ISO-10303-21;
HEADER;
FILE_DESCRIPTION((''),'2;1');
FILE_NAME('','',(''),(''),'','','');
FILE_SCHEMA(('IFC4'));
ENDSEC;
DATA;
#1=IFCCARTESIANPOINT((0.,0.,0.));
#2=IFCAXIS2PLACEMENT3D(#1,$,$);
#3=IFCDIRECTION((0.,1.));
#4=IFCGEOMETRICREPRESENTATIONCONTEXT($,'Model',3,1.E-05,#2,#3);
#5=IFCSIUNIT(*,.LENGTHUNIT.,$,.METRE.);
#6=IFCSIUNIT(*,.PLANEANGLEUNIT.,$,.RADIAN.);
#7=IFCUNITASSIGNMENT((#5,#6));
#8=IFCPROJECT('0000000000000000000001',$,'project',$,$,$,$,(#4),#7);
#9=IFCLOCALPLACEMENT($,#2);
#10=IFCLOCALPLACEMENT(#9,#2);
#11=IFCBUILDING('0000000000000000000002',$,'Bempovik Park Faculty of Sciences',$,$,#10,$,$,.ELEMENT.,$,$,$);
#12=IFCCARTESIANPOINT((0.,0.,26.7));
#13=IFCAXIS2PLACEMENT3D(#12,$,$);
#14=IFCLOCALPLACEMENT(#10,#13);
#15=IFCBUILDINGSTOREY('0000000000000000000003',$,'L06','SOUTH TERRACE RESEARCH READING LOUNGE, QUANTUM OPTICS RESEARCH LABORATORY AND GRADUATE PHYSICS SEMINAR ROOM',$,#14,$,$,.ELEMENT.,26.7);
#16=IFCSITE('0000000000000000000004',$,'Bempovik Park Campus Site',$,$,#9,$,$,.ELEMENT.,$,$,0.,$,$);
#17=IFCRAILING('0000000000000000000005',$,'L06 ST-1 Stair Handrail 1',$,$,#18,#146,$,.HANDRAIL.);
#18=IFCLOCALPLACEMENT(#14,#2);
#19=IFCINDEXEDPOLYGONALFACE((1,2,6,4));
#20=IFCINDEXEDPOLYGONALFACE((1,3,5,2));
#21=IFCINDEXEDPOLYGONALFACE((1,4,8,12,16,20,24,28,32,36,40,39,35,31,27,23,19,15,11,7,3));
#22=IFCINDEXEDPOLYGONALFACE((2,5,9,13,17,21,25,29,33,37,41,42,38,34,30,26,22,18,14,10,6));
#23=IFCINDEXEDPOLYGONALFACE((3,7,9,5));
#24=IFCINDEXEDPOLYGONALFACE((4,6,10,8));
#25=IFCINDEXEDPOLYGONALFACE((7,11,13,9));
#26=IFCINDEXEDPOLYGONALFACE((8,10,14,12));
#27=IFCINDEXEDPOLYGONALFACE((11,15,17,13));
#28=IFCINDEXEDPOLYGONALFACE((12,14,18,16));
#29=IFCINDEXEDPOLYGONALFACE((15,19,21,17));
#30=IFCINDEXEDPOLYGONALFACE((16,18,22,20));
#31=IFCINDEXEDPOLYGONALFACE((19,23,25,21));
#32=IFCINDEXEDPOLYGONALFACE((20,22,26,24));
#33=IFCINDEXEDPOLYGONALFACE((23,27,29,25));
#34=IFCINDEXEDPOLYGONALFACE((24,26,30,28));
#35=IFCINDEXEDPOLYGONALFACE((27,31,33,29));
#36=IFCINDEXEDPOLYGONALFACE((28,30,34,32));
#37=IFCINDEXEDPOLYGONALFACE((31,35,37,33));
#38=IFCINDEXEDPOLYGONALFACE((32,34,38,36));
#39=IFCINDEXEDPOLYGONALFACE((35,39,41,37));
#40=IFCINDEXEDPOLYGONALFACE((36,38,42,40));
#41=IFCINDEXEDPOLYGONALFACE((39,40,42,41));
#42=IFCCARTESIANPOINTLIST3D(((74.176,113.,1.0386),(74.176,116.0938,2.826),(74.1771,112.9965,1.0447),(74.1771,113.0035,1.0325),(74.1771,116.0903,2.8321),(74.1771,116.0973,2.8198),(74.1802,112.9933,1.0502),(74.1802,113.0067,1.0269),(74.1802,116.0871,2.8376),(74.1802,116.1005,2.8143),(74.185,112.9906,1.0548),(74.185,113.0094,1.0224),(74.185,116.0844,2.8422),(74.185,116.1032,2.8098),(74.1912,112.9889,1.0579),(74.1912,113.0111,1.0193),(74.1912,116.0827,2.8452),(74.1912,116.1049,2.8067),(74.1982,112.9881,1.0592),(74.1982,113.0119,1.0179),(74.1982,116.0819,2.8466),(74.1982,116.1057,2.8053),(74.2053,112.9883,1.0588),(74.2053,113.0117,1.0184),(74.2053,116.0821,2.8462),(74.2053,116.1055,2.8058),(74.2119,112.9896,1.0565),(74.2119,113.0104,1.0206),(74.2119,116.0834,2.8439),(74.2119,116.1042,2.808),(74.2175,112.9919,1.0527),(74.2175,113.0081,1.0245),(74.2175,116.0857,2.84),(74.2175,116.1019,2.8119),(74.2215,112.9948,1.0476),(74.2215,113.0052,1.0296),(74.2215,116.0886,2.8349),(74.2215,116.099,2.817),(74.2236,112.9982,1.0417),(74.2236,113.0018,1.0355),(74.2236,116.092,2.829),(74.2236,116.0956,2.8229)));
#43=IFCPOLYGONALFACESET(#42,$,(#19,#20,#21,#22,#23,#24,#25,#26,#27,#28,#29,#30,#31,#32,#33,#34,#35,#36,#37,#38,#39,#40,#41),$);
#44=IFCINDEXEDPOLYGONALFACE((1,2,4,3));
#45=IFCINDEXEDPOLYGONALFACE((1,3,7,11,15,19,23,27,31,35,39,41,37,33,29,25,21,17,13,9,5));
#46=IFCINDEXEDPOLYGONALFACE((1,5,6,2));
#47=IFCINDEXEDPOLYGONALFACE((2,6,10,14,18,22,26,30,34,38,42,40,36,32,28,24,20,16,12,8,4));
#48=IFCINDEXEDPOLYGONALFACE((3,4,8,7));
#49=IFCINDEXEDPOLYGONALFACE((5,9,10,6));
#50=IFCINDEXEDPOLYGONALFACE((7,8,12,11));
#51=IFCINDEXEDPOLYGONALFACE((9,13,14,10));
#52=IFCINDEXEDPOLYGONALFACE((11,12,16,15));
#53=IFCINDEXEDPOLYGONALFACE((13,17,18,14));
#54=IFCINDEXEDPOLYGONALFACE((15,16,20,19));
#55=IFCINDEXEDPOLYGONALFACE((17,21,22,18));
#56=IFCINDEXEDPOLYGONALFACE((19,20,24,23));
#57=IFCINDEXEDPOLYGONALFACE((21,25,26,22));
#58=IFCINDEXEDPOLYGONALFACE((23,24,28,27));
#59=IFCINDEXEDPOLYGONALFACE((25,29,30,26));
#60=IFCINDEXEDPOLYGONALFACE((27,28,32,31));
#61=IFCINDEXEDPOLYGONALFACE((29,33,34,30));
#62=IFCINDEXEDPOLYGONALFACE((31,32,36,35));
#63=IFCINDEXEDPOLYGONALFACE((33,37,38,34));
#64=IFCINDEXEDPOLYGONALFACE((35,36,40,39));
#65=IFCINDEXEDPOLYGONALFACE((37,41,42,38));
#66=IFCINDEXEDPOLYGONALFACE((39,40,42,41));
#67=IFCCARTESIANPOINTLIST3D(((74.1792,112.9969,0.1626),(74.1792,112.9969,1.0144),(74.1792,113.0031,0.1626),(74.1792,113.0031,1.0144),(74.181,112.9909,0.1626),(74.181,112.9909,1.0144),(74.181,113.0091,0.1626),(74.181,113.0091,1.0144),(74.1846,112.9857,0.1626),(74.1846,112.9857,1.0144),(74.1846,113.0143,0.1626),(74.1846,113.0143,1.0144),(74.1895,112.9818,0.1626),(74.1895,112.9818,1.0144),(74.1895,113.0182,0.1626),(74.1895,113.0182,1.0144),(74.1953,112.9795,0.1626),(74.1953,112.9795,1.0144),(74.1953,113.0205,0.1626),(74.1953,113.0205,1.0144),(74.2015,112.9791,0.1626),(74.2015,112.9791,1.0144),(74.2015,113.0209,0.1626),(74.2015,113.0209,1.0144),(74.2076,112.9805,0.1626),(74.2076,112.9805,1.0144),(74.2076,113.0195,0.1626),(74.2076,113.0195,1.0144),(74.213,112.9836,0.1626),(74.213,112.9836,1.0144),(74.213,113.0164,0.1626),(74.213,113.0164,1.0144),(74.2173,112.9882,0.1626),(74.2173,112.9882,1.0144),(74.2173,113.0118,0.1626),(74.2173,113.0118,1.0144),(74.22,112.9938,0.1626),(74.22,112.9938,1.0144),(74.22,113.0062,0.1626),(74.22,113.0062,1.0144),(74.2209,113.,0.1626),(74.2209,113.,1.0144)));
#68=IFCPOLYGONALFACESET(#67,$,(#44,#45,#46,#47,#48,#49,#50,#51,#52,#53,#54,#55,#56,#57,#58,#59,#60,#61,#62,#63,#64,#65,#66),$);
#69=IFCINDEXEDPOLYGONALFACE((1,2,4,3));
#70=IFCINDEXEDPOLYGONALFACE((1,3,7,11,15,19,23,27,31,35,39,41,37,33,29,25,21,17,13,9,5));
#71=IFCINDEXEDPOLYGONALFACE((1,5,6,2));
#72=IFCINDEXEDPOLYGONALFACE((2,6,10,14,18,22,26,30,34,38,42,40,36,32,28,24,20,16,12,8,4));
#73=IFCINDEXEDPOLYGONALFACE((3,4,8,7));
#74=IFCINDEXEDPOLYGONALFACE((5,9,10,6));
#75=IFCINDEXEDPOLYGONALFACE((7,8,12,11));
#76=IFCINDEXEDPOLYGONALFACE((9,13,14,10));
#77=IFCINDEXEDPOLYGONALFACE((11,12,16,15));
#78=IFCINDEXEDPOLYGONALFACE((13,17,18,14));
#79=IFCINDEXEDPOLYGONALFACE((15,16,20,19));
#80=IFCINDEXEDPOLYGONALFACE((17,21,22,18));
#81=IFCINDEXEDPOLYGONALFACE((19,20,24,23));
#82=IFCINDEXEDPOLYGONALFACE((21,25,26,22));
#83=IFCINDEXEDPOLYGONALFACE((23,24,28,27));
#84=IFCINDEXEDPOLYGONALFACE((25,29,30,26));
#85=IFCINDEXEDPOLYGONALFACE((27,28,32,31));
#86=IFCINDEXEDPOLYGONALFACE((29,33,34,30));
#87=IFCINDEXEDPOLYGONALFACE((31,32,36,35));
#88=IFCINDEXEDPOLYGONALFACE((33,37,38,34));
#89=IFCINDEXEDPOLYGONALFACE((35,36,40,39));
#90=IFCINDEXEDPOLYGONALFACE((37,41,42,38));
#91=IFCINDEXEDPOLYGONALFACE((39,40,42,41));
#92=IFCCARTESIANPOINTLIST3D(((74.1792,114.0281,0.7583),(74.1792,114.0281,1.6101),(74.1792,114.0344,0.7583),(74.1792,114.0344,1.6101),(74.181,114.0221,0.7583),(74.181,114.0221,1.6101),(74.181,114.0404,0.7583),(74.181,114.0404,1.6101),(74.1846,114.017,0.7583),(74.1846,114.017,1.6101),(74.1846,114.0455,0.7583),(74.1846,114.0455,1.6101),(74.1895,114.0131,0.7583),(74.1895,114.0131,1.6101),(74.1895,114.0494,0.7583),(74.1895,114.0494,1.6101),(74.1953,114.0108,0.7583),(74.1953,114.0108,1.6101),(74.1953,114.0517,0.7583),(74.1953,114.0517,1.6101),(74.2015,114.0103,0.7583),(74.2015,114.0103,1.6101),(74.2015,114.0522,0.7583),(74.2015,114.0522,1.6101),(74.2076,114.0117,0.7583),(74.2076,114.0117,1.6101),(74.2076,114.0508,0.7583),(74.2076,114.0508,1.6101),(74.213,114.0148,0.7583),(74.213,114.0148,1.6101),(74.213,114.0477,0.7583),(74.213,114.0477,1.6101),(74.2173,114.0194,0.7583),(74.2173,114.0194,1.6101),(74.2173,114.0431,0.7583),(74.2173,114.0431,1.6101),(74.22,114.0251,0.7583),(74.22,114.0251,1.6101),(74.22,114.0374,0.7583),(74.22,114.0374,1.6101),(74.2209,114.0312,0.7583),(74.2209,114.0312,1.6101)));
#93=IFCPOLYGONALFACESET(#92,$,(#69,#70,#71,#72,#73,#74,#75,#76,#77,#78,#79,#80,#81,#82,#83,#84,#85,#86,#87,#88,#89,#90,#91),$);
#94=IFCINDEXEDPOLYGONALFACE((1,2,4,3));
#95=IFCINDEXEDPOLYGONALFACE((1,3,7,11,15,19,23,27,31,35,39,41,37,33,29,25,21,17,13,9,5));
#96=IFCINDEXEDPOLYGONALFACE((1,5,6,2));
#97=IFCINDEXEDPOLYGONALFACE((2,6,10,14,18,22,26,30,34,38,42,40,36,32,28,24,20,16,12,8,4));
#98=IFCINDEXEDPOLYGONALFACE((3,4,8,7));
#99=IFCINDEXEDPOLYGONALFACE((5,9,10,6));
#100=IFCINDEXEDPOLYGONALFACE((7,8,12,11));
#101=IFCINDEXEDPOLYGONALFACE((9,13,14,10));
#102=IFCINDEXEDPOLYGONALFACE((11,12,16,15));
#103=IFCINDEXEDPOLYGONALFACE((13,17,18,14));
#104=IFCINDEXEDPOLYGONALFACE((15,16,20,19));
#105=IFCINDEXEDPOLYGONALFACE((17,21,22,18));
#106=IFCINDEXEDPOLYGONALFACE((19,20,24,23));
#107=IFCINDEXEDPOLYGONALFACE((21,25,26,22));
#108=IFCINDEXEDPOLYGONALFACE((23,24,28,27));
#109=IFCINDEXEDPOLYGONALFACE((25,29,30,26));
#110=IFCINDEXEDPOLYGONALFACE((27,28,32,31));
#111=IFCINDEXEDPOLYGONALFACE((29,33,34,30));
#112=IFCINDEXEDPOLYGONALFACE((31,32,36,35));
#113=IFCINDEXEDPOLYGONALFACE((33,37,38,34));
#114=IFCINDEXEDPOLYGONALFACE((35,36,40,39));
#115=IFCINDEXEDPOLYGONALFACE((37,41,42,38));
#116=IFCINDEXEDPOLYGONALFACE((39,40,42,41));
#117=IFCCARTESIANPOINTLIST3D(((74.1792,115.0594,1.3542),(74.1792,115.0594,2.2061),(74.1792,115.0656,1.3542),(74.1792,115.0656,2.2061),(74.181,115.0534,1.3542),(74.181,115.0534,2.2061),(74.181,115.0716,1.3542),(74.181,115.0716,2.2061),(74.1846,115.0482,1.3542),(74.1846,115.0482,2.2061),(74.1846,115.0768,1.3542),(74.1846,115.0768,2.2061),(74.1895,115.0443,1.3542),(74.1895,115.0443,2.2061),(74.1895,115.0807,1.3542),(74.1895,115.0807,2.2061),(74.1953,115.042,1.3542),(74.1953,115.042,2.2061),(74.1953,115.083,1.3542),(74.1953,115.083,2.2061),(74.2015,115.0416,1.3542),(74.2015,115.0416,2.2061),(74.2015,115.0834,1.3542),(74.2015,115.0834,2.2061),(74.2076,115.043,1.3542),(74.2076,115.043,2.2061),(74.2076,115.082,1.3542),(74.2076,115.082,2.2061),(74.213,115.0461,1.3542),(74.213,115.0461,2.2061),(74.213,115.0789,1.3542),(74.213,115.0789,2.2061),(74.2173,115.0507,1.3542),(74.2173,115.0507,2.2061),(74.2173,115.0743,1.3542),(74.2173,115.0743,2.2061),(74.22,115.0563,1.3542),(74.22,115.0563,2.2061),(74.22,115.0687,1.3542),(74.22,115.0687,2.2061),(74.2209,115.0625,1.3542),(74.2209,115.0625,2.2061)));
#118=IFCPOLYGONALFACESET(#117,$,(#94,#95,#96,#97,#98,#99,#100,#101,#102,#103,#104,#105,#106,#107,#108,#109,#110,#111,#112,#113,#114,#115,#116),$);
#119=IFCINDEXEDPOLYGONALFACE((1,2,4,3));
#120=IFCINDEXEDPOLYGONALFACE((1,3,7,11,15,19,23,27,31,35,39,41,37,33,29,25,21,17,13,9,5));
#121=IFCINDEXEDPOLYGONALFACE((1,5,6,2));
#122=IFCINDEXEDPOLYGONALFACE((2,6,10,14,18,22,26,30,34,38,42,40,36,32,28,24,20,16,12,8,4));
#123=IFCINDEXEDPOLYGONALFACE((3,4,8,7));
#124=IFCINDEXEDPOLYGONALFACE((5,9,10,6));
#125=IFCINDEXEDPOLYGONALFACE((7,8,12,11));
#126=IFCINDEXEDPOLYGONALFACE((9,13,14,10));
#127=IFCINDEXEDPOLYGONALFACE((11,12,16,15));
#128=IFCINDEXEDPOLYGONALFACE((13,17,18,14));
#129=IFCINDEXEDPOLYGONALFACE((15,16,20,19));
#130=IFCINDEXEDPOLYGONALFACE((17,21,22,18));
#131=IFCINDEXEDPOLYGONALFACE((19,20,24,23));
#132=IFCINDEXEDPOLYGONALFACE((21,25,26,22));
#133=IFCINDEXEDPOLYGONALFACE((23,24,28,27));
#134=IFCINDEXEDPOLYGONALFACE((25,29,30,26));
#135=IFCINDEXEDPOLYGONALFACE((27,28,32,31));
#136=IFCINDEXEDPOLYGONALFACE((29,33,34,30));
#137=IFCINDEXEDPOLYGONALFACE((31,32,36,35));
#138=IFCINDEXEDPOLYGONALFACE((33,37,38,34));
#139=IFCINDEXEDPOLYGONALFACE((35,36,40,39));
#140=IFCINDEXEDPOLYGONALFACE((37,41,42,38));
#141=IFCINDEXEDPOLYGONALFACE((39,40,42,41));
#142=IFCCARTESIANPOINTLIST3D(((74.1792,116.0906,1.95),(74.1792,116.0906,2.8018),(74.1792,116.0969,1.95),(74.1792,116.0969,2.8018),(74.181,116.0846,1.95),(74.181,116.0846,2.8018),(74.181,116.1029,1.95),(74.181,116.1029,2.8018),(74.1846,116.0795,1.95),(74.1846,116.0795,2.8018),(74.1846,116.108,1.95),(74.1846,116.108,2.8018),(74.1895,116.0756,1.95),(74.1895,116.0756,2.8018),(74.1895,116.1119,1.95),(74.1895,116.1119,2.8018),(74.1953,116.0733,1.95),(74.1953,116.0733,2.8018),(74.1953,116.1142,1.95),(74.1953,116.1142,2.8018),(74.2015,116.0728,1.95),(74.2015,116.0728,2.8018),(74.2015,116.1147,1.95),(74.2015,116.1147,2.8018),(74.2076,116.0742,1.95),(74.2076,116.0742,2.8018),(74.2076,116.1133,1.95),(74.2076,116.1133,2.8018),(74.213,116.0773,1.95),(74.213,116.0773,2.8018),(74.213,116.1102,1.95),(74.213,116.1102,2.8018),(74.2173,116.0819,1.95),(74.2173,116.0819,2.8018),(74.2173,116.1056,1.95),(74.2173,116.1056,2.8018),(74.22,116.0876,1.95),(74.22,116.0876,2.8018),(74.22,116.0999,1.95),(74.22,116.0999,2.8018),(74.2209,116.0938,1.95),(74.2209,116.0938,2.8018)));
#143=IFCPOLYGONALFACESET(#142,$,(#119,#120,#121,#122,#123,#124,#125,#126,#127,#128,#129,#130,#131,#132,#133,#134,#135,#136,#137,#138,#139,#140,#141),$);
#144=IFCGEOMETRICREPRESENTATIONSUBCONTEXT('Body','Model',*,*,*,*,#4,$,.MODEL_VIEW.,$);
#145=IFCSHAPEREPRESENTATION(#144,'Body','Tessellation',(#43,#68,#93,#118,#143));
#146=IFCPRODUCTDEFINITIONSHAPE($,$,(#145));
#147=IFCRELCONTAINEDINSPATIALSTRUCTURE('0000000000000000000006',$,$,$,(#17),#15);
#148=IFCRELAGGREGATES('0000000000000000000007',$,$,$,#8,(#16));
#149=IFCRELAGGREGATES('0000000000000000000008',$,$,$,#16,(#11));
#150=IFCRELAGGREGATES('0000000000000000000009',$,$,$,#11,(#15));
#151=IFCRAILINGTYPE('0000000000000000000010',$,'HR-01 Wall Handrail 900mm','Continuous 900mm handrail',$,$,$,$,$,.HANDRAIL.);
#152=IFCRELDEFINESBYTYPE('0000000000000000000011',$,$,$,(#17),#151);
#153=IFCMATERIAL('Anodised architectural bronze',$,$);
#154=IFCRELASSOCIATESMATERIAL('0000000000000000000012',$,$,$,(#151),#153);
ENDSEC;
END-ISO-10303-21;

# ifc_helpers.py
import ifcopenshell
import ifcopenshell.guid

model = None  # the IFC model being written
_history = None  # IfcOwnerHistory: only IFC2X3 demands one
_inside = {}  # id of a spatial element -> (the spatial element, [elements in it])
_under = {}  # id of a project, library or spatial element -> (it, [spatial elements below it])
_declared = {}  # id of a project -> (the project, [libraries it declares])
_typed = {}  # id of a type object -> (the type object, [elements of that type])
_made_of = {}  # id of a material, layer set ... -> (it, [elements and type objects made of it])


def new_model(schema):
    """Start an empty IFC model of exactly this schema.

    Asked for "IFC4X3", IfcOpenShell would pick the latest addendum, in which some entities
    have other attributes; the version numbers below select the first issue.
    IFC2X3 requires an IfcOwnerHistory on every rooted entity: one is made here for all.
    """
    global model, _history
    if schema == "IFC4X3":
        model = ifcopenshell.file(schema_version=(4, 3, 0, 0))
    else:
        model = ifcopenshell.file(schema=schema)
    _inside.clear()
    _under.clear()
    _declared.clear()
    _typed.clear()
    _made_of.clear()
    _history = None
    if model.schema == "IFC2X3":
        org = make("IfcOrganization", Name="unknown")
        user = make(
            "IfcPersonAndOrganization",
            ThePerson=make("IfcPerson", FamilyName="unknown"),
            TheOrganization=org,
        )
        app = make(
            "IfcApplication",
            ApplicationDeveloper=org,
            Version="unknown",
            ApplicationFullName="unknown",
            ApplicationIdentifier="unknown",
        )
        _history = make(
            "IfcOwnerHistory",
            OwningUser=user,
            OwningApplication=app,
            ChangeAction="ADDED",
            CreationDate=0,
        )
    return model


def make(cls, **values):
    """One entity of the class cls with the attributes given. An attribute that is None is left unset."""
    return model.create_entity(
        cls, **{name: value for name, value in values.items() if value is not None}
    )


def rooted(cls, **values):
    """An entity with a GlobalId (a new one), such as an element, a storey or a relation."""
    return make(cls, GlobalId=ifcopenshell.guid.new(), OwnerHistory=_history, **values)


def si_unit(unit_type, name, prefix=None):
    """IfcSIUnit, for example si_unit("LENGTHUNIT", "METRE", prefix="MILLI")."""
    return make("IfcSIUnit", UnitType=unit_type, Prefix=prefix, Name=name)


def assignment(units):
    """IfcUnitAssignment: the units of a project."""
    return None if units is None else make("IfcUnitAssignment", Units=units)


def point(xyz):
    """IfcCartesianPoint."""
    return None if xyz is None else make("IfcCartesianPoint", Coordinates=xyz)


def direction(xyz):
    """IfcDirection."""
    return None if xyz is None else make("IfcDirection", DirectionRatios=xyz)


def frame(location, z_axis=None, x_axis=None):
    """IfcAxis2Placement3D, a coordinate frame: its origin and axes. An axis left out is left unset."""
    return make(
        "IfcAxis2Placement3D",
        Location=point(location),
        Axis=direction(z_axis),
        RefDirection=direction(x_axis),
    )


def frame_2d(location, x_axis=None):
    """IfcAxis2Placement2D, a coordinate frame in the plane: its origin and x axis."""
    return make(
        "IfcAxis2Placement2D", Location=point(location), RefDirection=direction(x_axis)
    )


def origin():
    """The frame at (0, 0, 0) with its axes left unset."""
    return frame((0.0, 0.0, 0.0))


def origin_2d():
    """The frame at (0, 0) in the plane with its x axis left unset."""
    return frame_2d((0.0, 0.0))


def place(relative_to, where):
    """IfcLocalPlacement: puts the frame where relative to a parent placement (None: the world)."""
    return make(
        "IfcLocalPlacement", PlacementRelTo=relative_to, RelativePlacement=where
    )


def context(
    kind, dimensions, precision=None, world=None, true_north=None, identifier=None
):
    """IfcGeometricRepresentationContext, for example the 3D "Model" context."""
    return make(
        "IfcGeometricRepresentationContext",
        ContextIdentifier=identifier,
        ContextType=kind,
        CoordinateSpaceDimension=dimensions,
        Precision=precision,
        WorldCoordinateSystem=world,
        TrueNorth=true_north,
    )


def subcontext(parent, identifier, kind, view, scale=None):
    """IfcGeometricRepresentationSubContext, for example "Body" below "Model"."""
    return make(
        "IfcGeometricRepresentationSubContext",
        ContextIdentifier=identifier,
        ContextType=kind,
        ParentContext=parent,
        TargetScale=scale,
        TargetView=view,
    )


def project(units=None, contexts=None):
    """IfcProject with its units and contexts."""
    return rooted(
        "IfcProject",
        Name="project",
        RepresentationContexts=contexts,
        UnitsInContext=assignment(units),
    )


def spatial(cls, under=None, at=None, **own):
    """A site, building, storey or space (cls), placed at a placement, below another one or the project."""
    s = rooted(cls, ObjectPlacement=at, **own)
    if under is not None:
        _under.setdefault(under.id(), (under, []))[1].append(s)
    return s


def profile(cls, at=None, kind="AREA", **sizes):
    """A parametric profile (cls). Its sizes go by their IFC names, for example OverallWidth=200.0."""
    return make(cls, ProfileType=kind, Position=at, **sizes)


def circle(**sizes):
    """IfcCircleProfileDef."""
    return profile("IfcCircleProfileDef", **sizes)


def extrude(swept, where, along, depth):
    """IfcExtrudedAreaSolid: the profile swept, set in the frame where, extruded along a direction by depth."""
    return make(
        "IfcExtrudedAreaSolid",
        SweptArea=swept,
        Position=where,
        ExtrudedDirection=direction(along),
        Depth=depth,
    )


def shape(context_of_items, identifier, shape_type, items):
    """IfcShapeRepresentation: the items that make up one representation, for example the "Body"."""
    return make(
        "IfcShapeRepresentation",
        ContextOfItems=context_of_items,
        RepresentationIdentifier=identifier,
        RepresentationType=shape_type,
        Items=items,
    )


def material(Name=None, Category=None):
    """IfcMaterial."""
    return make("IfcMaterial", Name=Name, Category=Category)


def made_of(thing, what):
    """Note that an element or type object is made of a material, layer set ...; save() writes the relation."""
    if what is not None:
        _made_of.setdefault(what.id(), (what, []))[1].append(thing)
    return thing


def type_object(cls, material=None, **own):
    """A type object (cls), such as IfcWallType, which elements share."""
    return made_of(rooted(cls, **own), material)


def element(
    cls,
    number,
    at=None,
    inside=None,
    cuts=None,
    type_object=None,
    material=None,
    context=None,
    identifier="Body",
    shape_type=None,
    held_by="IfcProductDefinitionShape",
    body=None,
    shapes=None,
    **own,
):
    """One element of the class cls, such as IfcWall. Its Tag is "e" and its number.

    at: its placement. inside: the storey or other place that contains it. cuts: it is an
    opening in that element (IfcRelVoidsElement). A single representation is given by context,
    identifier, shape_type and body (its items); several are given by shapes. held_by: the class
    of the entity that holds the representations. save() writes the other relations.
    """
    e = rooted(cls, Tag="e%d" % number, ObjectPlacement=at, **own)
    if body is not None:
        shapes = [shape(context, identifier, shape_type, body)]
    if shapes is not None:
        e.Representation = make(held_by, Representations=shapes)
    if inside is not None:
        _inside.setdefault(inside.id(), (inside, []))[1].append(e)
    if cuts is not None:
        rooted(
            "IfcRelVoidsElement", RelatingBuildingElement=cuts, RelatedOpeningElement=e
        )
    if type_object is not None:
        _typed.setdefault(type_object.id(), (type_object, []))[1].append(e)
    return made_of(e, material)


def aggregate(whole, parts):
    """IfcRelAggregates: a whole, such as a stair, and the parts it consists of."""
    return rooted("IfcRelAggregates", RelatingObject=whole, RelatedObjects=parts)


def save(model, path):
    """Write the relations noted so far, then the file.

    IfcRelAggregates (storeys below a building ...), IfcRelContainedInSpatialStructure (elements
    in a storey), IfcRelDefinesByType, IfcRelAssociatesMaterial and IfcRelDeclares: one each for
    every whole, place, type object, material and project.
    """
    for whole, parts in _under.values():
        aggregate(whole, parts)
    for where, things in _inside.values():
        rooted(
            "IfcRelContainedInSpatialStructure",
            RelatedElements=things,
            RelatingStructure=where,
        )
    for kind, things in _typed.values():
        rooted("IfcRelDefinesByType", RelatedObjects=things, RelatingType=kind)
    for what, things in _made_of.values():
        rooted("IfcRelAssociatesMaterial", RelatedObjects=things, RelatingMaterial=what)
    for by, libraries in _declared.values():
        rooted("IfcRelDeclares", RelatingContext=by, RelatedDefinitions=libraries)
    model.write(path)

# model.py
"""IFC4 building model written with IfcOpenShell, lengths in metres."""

from ifc_helpers import new_model, si_unit, direction, frame, origin, origin_2d, place, context, subcontext, project, spatial, circle, extrude, material, type_object, element, save


model = new_model("IFC4")

# Units and contexts
model_context = context("Model", 3, precision=1e-05, world=origin(), true_north=direction((0.0, 1.0)))
body_context = subcontext(model_context, "Body", "Model", "MODEL_VIEW")
ifc_project = project(units=[si_unit("LENGTHUNIT", "METRE"), si_unit("PLANEANGLEUNIT", "RADIAN")], contexts=[model_context])

# Site, building, storey
site_placement = place(None, origin())
site = spatial("IfcSite", under=ifc_project, at=site_placement, Name="Bempovik Park Campus Site", CompositionType="ELEMENT", RefElevation=0.0)
building_placement = place(site_placement, origin())
building = spatial("IfcBuilding", under=site, at=building_placement, Name="Bempovik Park Faculty of Sciences", CompositionType="ELEMENT")
storey_placement = place(building_placement, frame((0.0, 0.0, 26.7)))
storey = spatial("IfcBuildingStorey", under=building, at=storey_placement, Name="L06", Description="SOUTH TERRACE RESEARCH READING LOUNGE, QUANTUM OPTICS RESEARCH LABORATORY AND GRADUATE PHYSICS SEMINAR ROOM", CompositionType="ELEMENT", Elevation=26.7)

# Railing
ifc_material_1 = material(Name="Anodised architectural bronze")
railing_type_1 = type_object("IfcRailingType", Name="HR-01 Wall Handrail 900mm", Description="Continuous 900mm handrail", PredefinedType="HANDRAIL", material=ifc_material_1)
railing_1_placement = place(storey_placement, frame((74.2, 113.0, 0.1626)))
element("IfcRailing", 1, at=railing_1_placement, inside=storey, type_object=railing_type_1, Name="L06 ST-1 Stair Handrail 1", PredefinedType="HANDRAIL", context=body_context, shape_type="SweptSolid", body=[
    extrude(circle(Radius=0.0239, at=origin_2d()), frame((0.0, 0.0, 0.876), z_axis=(0.0, 0.865883, 0.500247), x_axis=(-1.0, 0.0, 0.0)), (0.0, 0.0, 1.0), 3.573),
    extrude(circle(Radius=0.021, at=origin_2d()), origin(), (0.0, 0.0, 1.0), 0.8518),
    extrude(circle(Radius=0.021, at=origin_2d()), frame((0.0, 1.0312, 0.5957)), (0.0, 0.0, 1.0), 0.8518),
    extrude(circle(Radius=0.021, at=origin_2d()), frame((0.0, 2.0625, 1.1917)), (0.0, 0.0, 1.0), 0.8518),
    extrude(circle(Radius=0.021, at=origin_2d()), frame((0.0, 3.0938, 1.7874)), (0.0, 0.0, 1.0), 0.8518),
])

save(model, "model.ifc")
